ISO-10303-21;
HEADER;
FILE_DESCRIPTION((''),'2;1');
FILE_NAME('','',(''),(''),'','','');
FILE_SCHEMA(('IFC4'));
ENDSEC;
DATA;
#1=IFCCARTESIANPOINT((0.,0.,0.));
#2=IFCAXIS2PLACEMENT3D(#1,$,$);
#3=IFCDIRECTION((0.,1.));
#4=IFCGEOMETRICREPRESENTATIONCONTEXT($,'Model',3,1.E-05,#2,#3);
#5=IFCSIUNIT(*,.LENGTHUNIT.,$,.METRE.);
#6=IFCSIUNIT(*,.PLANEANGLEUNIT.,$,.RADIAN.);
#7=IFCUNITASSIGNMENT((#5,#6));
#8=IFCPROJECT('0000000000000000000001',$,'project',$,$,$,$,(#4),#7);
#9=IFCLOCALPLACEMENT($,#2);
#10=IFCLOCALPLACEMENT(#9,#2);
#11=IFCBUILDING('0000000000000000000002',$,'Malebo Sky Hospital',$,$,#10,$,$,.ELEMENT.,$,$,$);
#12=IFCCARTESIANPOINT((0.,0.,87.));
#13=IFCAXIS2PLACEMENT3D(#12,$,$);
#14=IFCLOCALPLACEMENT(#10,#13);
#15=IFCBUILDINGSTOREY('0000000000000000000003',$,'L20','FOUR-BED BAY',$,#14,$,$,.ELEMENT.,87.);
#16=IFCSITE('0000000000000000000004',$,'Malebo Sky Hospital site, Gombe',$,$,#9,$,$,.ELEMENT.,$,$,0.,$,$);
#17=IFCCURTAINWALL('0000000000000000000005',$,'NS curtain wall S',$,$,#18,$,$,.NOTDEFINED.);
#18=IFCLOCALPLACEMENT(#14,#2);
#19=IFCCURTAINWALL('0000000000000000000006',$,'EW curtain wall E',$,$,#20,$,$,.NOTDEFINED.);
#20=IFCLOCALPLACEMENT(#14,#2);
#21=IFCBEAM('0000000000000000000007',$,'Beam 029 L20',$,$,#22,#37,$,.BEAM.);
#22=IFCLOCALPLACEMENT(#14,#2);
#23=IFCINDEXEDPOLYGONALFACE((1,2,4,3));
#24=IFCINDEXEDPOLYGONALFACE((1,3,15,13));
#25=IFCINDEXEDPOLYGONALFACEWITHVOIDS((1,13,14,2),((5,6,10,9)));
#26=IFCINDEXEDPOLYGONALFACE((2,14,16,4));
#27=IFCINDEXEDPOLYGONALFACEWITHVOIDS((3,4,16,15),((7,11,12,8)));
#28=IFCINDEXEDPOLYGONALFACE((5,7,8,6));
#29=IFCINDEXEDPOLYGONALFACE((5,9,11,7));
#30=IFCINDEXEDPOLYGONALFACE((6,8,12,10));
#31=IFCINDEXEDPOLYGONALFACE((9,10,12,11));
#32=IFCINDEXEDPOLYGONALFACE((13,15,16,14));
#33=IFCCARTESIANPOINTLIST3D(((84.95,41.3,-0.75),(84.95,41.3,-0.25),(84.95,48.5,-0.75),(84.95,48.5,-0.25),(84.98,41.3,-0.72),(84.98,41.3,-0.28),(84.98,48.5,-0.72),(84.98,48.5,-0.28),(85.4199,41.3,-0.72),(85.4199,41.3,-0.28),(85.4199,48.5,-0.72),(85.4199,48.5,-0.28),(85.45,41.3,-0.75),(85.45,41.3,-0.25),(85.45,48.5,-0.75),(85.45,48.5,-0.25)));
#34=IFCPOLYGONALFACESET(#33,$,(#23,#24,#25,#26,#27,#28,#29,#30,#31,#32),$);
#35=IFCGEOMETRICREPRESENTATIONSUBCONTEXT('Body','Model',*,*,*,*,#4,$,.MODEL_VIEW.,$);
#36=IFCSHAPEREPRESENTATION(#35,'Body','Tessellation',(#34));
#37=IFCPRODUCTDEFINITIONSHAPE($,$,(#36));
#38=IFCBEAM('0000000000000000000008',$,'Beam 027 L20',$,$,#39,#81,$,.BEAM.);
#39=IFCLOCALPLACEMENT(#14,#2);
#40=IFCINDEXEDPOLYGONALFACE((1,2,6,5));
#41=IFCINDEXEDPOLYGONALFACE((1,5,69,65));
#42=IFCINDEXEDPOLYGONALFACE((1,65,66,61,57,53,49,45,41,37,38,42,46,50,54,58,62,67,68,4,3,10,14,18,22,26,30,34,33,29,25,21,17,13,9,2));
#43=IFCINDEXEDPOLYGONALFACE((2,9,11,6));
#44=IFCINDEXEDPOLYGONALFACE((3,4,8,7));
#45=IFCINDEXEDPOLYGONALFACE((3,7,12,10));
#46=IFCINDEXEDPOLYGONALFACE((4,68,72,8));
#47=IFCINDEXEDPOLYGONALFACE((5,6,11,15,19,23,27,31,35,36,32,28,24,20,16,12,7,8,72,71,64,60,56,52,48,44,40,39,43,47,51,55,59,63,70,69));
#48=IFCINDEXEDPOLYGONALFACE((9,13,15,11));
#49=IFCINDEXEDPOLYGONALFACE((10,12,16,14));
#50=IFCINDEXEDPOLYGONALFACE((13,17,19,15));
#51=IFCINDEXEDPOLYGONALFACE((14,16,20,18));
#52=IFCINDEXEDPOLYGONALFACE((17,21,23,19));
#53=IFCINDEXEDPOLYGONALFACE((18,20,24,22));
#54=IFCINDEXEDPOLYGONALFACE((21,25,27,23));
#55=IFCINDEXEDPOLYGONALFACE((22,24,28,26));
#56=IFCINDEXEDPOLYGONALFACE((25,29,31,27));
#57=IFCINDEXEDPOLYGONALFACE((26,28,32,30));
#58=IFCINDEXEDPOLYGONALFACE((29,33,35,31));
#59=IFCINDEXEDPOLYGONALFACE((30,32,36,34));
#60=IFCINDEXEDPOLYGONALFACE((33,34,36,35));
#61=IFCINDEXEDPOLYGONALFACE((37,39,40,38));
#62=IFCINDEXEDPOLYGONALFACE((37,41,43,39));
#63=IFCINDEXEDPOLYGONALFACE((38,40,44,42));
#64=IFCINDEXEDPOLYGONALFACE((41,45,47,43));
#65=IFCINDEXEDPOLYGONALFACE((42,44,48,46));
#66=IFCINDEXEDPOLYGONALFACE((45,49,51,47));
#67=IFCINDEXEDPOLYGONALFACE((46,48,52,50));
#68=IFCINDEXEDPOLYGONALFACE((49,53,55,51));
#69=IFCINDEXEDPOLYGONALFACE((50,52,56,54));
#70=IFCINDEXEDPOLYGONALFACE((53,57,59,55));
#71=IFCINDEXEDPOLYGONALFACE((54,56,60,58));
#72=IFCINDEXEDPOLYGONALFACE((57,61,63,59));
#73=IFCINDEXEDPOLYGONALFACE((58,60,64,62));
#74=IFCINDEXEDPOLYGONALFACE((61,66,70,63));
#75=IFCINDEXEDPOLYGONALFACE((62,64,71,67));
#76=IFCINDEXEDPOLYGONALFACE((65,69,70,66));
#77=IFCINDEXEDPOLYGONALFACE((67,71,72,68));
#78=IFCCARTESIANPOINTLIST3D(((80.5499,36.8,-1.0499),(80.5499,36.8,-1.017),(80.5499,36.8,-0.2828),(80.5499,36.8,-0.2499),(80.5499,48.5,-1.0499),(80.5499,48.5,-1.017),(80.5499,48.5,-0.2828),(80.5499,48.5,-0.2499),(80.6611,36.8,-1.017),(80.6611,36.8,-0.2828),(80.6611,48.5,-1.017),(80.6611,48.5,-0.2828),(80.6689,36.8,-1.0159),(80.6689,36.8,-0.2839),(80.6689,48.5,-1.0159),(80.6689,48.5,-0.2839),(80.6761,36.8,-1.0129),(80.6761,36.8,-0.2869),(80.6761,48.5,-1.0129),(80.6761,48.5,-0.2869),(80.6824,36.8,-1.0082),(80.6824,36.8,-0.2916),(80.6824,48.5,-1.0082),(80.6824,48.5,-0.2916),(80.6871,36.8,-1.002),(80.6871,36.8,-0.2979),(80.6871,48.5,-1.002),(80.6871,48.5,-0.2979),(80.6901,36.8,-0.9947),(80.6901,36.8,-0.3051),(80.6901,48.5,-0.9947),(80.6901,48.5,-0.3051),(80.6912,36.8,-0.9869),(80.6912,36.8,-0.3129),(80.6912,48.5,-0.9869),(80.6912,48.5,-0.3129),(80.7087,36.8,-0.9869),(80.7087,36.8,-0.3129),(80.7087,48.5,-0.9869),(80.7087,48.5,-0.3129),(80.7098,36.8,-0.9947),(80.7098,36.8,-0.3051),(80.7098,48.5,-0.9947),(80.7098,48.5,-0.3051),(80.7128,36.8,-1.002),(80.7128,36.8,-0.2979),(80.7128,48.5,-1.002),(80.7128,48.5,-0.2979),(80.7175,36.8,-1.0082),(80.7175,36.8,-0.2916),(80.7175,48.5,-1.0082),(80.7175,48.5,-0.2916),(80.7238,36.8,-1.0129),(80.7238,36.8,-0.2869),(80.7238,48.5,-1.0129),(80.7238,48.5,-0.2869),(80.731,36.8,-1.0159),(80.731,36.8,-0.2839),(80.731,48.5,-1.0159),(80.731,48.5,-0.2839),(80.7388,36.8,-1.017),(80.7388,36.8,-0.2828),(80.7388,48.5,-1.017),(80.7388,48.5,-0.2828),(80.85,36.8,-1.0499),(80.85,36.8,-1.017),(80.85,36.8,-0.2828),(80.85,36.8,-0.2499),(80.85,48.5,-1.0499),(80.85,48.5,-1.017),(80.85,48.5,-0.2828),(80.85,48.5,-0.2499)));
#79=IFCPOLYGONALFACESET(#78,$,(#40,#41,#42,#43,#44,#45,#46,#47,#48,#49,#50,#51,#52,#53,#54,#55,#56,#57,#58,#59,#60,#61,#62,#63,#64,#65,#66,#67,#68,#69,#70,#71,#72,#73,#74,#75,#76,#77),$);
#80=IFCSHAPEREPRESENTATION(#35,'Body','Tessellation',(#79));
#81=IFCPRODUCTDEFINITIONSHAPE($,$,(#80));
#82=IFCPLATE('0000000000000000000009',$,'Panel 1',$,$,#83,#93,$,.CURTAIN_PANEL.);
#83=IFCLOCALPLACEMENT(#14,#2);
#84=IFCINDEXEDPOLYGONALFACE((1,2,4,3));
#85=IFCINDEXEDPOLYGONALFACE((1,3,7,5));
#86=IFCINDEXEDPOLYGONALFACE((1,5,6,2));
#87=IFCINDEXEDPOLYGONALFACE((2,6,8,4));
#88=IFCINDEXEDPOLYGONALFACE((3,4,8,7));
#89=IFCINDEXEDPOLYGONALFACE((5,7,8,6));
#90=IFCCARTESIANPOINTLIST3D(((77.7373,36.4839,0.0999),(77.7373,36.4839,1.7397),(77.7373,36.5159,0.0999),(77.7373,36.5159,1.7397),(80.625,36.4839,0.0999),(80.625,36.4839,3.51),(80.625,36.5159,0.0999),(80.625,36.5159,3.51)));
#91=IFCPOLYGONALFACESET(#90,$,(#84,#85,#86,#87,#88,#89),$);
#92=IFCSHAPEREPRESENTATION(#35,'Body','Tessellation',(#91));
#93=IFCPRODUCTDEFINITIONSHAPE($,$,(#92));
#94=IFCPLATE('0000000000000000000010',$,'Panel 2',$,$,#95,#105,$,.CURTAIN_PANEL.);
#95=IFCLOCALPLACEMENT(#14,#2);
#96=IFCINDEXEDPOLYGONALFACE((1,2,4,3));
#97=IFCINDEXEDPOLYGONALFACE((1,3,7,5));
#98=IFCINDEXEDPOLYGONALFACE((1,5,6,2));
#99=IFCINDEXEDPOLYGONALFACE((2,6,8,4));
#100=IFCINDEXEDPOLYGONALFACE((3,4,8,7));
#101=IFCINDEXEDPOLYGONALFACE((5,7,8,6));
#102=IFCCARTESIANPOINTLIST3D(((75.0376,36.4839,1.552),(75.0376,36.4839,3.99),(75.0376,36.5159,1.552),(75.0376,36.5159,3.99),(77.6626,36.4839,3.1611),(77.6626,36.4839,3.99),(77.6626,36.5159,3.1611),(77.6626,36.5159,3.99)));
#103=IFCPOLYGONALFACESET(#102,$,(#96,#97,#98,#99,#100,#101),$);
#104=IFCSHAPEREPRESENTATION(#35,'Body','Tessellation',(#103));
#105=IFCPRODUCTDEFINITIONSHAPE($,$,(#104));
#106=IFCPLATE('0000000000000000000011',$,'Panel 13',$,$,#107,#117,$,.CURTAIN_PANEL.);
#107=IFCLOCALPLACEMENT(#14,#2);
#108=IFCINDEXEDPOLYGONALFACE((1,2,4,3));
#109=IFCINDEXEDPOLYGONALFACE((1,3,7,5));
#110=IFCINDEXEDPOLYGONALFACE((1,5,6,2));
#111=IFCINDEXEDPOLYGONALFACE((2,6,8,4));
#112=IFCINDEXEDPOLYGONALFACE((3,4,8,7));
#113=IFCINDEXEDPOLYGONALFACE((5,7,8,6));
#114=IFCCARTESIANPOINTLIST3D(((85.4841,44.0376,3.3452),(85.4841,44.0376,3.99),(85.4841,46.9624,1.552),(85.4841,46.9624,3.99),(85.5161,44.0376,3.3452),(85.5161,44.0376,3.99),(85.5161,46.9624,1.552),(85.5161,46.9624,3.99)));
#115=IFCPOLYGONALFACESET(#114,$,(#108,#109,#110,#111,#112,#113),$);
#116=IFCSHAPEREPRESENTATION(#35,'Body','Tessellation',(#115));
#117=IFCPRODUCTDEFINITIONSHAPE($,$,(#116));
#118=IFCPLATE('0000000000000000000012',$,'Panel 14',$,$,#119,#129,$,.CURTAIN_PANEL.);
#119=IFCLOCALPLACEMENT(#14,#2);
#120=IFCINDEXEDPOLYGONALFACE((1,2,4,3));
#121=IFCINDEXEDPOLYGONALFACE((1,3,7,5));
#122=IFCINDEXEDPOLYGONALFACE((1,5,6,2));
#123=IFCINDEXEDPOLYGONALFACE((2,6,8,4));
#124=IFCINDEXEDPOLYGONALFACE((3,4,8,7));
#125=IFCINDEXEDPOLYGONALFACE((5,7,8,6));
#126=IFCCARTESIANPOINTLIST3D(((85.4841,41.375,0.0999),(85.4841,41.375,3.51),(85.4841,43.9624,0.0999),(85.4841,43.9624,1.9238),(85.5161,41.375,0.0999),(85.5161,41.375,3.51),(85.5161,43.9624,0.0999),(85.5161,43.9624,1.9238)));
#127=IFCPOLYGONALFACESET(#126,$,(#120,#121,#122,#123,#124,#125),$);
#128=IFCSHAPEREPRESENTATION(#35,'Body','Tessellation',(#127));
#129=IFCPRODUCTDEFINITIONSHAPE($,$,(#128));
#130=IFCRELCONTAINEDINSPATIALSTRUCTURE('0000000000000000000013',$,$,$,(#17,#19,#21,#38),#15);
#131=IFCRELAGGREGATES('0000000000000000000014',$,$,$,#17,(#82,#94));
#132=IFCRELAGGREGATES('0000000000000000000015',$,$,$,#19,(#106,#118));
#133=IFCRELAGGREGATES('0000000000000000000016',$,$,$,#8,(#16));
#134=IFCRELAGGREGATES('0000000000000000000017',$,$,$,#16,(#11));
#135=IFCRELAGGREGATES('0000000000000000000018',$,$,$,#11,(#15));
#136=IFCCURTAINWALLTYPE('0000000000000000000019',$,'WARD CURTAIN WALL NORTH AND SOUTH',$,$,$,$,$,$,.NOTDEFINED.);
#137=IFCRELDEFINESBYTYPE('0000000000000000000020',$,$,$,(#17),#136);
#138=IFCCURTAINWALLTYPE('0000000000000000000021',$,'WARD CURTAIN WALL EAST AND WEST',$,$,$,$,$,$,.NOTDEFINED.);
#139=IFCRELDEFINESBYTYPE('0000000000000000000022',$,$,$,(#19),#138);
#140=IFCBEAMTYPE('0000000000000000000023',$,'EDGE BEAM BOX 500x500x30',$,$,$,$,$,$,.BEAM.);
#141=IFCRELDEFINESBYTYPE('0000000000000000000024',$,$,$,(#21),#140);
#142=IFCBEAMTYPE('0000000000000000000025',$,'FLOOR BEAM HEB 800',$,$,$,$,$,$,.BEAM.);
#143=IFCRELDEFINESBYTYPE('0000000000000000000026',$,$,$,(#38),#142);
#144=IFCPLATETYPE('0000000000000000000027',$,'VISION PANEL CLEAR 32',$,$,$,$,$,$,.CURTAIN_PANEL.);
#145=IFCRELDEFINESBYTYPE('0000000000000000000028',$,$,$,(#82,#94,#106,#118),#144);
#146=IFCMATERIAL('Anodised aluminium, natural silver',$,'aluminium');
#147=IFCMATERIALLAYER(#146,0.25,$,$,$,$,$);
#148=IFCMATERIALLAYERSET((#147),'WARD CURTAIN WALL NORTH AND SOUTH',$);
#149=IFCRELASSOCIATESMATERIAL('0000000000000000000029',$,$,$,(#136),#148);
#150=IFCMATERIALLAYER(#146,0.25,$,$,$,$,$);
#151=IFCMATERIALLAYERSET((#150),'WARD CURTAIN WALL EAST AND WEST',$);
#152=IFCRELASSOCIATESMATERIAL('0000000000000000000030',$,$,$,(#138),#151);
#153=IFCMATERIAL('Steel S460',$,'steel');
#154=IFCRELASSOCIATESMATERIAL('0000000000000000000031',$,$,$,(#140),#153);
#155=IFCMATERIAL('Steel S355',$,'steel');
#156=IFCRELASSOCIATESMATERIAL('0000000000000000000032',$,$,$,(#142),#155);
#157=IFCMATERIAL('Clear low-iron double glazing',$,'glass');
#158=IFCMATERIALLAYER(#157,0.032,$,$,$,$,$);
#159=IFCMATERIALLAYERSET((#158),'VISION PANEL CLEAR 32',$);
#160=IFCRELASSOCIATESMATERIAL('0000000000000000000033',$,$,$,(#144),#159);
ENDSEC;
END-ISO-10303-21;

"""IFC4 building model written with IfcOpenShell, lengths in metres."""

from ifc_helpers import new_model, si_unit, direction, frame, origin, origin_2d, place, context, subcontext, project, spatial, polyline, hollow_rectangle, i_section, outline, extrude, material, layer, layer_set, material_profile, profile_set, type_object, element, aggregate, save


model = new_model("IFC4")

# Units and contexts
model_context = context("Model", 3, precision=1e-05, world=origin(), true_north=direction((0.0, 1.0)))
body_context = subcontext(model_context, "Body", "Model", "MODEL_VIEW")
ifc_project = project(units=[si_unit("LENGTHUNIT", "METRE"), si_unit("PLANEANGLEUNIT", "RADIAN")], contexts=[model_context])

# Site, building, storey
site_placement = place(None, origin())
site = spatial("IfcSite", under=ifc_project, at=site_placement, Name="Malebo Sky Hospital site, Gombe", CompositionType="ELEMENT", RefElevation=0.0)
building_placement = place(site_placement, origin())
building = spatial("IfcBuilding", under=site, at=building_placement, Name="Malebo Sky Hospital", CompositionType="ELEMENT")
storey_placement = place(building_placement, frame((0.0, 0.0, 87.0)))
storey = spatial("IfcBuildingStorey", under=building, at=storey_placement, Name="L20", Description="FOUR-BED BAY", CompositionType="ELEMENT", Elevation=87.0)

# Shared definitions
ifc_material_1 = material(Name="Steel S460", Category="steel")

# Curtain wall
ifc_material_2 = material(Name="Anodised aluminium, natural silver", Category="aluminium")
ifc_layer_1 = layer(ifc_material_2, 0.25)
ifc_layer_set_1 = layer_set([ifc_layer_1], Name="WARD CURTAIN WALL NORTH AND SOUTH")
curtain_wall_type_1 = type_object("IfcCurtainWallType", Name="WARD CURTAIN WALL NORTH AND SOUTH", PredefinedType="NOTDEFINED", material=ifc_layer_set_1)
curtain_wall_1_placement = place(storey_placement, origin())
curtain_wall_1 = element("IfcCurtainWall", 1, at=curtain_wall_1_placement, inside=storey, type_object=curtain_wall_type_1, Name="NS curtain wall S", PredefinedType="NOTDEFINED")

# Curtain wall
ifc_layer_2 = layer(ifc_material_2, 0.25)
ifc_layer_set_2 = layer_set([ifc_layer_2], Name="WARD CURTAIN WALL EAST AND WEST")
curtain_wall_type_2 = type_object("IfcCurtainWallType", Name="WARD CURTAIN WALL EAST AND WEST", PredefinedType="NOTDEFINED", material=ifc_layer_set_2)
curtain_wall_2_placement = place(storey_placement, origin())
curtain_wall_2 = element("IfcCurtainWall", 2, at=curtain_wall_2_placement, inside=storey, type_object=curtain_wall_type_2, Name="EW curtain wall E", PredefinedType="NOTDEFINED")

# Beams
ifc_material_profile_1 = material_profile(ifc_material_1, hollow_rectangle(XDim=0.5, YDim=0.5, WallThickness=0.03, at=origin_2d()), Name="BOX 500x500x30")
ifc_profile_set_1 = profile_set([ifc_material_profile_1], Name="Steel S460")
beam_type_1 = type_object("IfcBeamType", Name="EDGE BEAM BOX 500x500x30", PredefinedType="BEAM", material=ifc_profile_set_1)
beam_1_placement = place(storey_placement, frame((85.2, 41.3, -0.5), z_axis=(0.0, 1.0, 0.0), x_axis=(-1.0, 0.0, 0.0)))
element("IfcBeam", 3, at=beam_1_placement, inside=storey, type_object=beam_type_1, Name="Beam 029 L20", PredefinedType="BEAM", context=body_context, shape_type="SweptSolid", body=[
    extrude(hollow_rectangle(XDim=0.5, YDim=0.5, WallThickness=0.03, at=origin_2d()), origin(), (0.0, 0.0, 1.0), 7.2),
])
ifc_material_3 = material(Name="Steel S355", Category="steel")
ifc_material_profile_2 = material_profile(ifc_material_3, i_section(OverallWidth=0.3, OverallDepth=0.8, WebThickness=0.0176, FlangeThickness=0.033, FilletRadius=0.03, at=origin_2d()), Name="HEB 800")
ifc_profile_set_2 = profile_set([ifc_material_profile_2], Name="Steel S355")
beam_type_2 = type_object("IfcBeamType", Name="FLOOR BEAM HEB 800", PredefinedType="BEAM", material=ifc_profile_set_2)
beam_2_placement = place(storey_placement, frame((80.7, 36.8, -0.6499), z_axis=(0.0, 1.0, 0.0), x_axis=(-1.0, 0.0, 0.0)))
element("IfcBeam", 4, at=beam_2_placement, inside=storey, type_object=beam_type_2, Name="Beam 027 L20", PredefinedType="BEAM", context=body_context, shape_type="SweptSolid", body=[
    extrude(i_section(OverallWidth=0.3, OverallDepth=0.8, WebThickness=0.0176, FlangeThickness=0.033, FilletRadius=0.03, at=origin_2d()), origin(), (0.0, 0.0, 1.0), 11.7),
])

# Plates
ifc_material_4 = material(Name="Clear low-iron double glazing", Category="glass")
ifc_layer_3 = layer(ifc_material_4, 0.032)
ifc_layer_set_3 = layer_set([ifc_layer_3], Name="VISION PANEL CLEAR 32")
plate_type = type_object("IfcPlateType", Name="VISION PANEL CLEAR 32", PredefinedType="CURTAIN_PANEL", material=ifc_layer_set_3)
plate_1_placement = place(storey_placement, frame((79.1812, 36.5, 0.0999), z_axis=(0.0, 0.0, 1.0), x_axis=(-1.0, 0.0, 0.0)))
plate_1 = element("IfcPlate", 5, at=plate_1_placement, type_object=plate_type, Name="Panel 1", PredefinedType="CURTAIN_PANEL", context=body_context, shape_type="SweptSolid", body=[
    extrude(outline(polyline([(-1.4438, 0.0), (1.4438, 0.0), (1.4438, 1.6399), (-1.4438, 3.4102), (-1.4438, 0.0)])), frame((0.0, 0.0161, 0.0), z_axis=(0.0, -1.0, 0.0), x_axis=(1.0, 0.0, 0.0)), (0.0, 0.0, 1.0), 0.032),
])
plate_2_placement = place(storey_placement, frame((76.3501, 36.5, 1.552), z_axis=(0.0, 0.0, 1.0), x_axis=(-1.0, 0.0, 0.0)))
plate_2 = element("IfcPlate", 6, at=plate_2_placement, type_object=plate_type, Name="Panel 2", PredefinedType="CURTAIN_PANEL", context=body_context, shape_type="SweptSolid", body=[
    extrude(outline(polyline([(1.3125, 0.0), (1.3125, 2.438), (-1.3125, 2.438), (-1.3125, 1.6091), (1.3125, 0.0)])), frame((0.0, 0.0161, 0.0), z_axis=(0.0, -1.0, 0.0), x_axis=(1.0, 0.0, 0.0)), (0.0, 0.0, 1.0), 0.032),
])
aggregate(curtain_wall_1, [plate_1, plate_2])
plate_3_placement = place(storey_placement, frame((85.5, 45.5, 1.552), z_axis=(0.0, 0.0, 1.0), x_axis=(0.0, -1.0, 0.0)))
plate_3 = element("IfcPlate", 7, at=plate_3_placement, type_object=plate_type, Name="Panel 13", PredefinedType="CURTAIN_PANEL", context=body_context, shape_type="SweptSolid", body=[
    extrude(outline(polyline([(-1.4624, 0.0), (1.4624, 1.7932), (1.4624, 2.438), (-1.4624, 2.438), (-1.4624, 0.0)])), frame((0.0, 0.0161, 0.0), z_axis=(0.0, -1.0, 0.0), x_axis=(1.0, 0.0, 0.0)), (0.0, 0.0, 1.0), 0.032),
])
plate_4_placement = place(storey_placement, frame((85.5, 42.6687, 0.0999), z_axis=(0.0, 0.0, 1.0), x_axis=(0.0, -1.0, 0.0)))
plate_4 = element("IfcPlate", 8, at=plate_4_placement, type_object=plate_type, Name="Panel 14", PredefinedType="CURTAIN_PANEL", context=body_context, shape_type="SweptSolid", body=[
    extrude(outline(polyline([(-1.2937, 0.0), (1.2937, 0.0), (1.2937, 3.4102), (-1.2937, 1.824), (-1.2937, 0.0)])), frame((0.0, 0.0161, 0.0), z_axis=(0.0, -1.0, 0.0), x_axis=(1.0, 0.0, 0.0)), (0.0, 0.0, 1.0), 0.032),
])
aggregate(curtain_wall_2, [plate_3, plate_4])

save(model, "model.ifc")
